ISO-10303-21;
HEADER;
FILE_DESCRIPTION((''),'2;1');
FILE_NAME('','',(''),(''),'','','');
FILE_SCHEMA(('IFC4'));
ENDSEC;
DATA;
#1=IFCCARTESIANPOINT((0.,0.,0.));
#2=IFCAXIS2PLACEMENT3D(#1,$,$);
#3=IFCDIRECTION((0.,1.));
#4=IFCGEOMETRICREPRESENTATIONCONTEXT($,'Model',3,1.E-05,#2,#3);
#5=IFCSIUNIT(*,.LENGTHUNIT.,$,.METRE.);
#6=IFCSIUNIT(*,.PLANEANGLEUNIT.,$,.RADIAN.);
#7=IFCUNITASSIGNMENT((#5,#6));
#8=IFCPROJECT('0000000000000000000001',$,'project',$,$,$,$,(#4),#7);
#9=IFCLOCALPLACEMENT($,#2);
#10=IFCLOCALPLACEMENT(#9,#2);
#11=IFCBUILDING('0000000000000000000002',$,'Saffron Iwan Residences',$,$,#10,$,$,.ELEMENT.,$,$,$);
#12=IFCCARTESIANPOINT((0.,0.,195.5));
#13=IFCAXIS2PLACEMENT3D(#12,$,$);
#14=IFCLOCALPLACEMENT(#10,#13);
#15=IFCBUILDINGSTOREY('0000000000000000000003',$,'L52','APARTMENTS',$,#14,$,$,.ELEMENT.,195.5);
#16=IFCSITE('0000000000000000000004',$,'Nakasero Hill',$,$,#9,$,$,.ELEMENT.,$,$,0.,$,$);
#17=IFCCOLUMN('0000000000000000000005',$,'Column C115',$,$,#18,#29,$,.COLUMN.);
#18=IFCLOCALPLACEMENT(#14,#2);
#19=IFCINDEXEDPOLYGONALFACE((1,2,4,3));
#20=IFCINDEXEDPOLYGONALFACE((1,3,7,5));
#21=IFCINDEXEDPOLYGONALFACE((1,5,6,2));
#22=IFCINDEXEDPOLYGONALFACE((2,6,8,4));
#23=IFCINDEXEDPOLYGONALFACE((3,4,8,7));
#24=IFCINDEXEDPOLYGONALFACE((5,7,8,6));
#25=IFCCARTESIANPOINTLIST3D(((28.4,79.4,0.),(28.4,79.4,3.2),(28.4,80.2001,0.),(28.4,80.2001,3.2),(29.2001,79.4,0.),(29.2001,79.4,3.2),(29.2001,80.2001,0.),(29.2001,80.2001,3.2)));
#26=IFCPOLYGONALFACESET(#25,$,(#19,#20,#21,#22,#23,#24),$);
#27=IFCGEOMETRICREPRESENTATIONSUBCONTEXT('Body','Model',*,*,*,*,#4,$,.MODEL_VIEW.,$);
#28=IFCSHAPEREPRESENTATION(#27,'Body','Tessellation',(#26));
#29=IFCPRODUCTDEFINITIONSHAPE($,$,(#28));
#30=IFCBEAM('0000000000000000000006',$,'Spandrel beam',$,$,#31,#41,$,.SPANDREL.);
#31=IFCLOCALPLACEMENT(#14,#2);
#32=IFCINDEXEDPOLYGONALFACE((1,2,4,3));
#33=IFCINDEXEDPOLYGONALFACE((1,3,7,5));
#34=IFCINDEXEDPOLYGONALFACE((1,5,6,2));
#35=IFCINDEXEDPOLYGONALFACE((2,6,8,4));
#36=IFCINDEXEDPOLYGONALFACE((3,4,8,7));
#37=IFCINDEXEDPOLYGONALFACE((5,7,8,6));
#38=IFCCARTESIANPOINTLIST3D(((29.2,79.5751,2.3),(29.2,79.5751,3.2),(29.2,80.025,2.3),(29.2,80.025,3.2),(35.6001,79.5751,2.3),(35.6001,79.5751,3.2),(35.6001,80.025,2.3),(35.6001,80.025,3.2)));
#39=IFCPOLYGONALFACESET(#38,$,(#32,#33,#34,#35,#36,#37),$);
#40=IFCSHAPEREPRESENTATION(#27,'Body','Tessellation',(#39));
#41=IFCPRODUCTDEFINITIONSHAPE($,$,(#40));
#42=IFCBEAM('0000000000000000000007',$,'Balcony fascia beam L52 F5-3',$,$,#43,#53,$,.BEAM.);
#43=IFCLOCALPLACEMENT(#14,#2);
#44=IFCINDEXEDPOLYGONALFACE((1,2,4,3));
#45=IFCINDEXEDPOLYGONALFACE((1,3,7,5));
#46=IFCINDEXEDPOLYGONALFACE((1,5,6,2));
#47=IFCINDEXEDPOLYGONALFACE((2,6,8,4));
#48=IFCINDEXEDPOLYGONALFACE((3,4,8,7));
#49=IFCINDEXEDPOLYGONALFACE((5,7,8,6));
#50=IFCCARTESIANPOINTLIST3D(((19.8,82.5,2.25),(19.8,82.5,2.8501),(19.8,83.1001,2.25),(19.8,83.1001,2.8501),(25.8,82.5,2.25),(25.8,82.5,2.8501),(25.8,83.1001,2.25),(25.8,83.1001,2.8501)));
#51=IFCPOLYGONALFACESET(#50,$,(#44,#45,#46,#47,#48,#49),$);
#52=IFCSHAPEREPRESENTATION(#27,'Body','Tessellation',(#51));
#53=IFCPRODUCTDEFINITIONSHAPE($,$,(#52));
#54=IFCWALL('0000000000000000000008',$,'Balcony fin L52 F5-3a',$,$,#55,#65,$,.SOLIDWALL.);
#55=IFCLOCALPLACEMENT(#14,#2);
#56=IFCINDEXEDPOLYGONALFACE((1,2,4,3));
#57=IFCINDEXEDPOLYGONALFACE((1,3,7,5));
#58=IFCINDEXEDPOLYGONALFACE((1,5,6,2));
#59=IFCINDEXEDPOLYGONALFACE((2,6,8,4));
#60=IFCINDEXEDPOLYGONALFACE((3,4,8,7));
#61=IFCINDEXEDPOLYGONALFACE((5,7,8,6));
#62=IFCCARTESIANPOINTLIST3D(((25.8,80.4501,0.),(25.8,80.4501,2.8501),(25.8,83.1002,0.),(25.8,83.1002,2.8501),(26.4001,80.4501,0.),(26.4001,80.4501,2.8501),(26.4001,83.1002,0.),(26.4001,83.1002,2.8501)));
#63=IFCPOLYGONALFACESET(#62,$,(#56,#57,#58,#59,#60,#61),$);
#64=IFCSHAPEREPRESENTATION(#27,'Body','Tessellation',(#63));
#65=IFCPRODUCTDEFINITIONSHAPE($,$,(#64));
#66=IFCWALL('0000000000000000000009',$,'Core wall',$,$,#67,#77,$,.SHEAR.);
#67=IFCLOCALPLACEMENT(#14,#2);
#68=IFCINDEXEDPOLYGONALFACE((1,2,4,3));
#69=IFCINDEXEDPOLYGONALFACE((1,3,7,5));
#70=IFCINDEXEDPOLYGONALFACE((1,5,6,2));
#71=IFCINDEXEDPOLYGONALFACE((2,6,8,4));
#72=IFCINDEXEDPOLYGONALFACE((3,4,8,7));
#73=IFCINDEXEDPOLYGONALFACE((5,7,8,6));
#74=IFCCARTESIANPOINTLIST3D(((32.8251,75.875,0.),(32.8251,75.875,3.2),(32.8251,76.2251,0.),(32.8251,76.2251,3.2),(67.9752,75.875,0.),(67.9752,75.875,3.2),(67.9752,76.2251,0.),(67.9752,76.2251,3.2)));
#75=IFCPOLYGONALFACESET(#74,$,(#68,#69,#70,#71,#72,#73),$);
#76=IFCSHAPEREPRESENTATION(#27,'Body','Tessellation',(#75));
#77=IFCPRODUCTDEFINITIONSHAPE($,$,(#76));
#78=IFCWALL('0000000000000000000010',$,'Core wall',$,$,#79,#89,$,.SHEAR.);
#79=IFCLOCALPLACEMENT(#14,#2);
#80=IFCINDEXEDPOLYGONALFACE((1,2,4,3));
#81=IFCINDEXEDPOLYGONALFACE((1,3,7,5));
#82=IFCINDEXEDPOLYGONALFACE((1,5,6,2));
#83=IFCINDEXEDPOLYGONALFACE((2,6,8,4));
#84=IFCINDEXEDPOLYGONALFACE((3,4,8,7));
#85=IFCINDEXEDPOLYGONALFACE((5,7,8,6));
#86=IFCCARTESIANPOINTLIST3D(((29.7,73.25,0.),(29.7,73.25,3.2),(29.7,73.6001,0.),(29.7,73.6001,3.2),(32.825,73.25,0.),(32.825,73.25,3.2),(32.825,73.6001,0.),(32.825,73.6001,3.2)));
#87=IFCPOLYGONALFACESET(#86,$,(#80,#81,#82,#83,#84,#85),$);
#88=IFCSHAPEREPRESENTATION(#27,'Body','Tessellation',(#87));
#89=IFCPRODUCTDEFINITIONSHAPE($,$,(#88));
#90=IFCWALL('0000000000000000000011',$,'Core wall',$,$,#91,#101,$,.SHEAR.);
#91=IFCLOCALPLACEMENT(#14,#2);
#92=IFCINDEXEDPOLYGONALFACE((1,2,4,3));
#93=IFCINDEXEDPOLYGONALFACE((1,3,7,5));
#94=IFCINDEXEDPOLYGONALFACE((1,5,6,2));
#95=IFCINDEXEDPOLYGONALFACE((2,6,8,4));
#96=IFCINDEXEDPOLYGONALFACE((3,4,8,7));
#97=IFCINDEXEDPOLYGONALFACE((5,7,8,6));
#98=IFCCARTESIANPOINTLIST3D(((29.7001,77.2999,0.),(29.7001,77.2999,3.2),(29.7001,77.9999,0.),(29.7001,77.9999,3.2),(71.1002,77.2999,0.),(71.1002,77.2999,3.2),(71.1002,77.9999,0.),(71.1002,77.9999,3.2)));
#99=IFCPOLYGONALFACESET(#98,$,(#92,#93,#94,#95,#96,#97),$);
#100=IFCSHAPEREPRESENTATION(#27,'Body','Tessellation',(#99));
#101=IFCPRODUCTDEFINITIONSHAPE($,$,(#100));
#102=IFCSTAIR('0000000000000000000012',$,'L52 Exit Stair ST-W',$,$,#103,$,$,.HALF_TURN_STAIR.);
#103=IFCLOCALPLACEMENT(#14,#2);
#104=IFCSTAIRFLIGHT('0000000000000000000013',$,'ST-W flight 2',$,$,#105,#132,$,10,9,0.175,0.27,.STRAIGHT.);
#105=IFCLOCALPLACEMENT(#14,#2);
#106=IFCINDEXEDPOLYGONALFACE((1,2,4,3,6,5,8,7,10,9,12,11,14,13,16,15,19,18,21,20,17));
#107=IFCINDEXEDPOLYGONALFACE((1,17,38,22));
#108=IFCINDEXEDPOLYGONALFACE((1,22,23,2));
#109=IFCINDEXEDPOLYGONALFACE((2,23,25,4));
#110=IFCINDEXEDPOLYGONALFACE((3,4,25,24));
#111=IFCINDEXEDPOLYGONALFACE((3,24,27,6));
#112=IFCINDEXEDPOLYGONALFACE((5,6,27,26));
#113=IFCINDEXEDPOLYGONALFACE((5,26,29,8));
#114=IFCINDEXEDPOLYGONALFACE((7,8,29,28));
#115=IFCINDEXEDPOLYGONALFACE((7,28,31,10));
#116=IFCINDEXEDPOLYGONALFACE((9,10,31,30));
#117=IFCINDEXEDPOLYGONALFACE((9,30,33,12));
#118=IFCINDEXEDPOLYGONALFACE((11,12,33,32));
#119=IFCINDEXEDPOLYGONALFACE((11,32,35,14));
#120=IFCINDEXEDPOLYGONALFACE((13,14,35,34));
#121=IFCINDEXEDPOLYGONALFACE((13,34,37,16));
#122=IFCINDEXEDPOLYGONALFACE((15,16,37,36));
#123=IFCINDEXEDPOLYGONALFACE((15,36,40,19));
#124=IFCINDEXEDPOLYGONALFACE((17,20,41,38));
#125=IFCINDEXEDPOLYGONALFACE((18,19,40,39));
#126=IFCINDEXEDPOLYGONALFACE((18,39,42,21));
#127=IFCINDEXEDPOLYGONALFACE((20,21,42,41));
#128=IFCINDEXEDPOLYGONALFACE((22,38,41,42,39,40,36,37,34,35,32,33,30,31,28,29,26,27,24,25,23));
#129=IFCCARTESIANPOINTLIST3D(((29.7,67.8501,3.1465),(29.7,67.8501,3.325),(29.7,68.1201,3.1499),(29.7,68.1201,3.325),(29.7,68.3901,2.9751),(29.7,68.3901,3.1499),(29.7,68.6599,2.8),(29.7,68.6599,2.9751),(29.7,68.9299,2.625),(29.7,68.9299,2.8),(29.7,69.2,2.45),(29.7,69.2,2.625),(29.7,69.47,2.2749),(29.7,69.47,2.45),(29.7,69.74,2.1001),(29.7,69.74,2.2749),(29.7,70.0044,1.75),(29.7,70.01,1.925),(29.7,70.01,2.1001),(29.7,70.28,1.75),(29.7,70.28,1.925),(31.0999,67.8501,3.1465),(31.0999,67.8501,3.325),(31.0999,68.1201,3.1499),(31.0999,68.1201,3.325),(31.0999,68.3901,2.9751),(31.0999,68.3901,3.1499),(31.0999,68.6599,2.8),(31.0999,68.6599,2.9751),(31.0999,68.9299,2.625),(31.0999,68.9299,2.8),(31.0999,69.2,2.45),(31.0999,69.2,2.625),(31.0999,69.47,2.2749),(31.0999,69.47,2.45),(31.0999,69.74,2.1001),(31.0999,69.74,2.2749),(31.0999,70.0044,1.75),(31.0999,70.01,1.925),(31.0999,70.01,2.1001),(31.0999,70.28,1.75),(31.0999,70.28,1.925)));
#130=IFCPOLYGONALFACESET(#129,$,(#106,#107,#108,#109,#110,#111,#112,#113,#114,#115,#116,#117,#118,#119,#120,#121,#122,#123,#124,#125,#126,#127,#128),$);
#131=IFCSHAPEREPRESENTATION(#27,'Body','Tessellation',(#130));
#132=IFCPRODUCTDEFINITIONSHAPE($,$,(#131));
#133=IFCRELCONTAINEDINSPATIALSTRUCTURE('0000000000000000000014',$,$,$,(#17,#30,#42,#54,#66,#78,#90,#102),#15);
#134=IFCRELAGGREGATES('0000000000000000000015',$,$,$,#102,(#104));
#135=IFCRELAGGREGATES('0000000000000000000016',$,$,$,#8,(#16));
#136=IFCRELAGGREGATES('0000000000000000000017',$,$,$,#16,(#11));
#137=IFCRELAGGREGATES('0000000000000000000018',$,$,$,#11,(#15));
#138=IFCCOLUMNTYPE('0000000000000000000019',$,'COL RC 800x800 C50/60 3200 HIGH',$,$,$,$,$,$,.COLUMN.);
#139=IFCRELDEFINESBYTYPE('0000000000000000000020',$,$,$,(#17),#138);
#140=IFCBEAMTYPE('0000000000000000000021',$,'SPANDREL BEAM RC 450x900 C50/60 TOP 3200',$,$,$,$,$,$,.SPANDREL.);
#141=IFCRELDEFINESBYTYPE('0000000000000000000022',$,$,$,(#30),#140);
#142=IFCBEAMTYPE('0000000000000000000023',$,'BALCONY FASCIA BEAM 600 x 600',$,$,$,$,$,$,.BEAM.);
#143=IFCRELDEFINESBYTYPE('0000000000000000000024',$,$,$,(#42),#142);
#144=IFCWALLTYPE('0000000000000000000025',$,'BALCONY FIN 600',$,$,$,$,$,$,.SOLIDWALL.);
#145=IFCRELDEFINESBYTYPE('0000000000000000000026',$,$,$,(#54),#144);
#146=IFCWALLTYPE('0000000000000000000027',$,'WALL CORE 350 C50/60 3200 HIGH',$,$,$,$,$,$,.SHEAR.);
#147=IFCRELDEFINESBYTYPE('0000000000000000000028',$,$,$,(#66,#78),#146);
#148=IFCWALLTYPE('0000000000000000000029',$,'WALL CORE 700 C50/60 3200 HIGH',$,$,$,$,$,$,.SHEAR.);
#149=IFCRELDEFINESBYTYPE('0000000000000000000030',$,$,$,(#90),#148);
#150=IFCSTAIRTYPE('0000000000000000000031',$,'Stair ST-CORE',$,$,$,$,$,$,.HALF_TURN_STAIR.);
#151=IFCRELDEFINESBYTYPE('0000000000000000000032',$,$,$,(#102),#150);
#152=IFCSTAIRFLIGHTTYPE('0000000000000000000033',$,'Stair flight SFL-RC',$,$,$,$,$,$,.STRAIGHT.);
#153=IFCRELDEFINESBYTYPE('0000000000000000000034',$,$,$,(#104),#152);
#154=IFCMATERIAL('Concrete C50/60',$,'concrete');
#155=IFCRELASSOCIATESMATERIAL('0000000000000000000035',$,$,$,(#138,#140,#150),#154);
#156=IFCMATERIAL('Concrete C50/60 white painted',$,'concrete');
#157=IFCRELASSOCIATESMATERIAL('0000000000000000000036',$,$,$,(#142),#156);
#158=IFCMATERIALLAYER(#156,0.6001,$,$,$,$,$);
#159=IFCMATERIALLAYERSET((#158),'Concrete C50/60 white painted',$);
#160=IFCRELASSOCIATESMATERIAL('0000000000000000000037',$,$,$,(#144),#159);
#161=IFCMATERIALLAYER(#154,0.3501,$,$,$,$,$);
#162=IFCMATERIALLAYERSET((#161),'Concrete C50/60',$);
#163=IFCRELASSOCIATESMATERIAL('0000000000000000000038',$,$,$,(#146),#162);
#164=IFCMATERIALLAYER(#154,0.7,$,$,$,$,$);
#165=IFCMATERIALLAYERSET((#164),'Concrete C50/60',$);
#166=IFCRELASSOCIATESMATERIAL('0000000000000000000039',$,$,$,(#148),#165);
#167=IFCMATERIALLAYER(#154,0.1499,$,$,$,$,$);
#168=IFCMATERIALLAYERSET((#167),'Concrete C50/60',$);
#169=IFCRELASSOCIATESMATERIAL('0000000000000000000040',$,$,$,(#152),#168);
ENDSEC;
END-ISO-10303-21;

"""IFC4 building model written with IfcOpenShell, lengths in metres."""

from ifc_helpers import new_model, si_unit, direction, frame, frame_2d, origin, origin_2d, place, context, subcontext, project, spatial, polyline, rectangle, outline, extrude, source, transform, mapped, material, layer, layer_set, material_profile, profile_set, type_object, element, aggregate, save


model = new_model("IFC4")

# Units and contexts
model_context = context("Model", 3, precision=1e-05, world=origin(), true_north=direction((0.0, 1.0)))
body_context = subcontext(model_context, "Body", "Model", "MODEL_VIEW")
ifc_project = project(units=[si_unit("LENGTHUNIT", "METRE"), si_unit("PLANEANGLEUNIT", "RADIAN")], contexts=[model_context])

# Site, building, storey
site_placement = place(None, origin())
site = spatial("IfcSite", under=ifc_project, at=site_placement, Name="Nakasero Hill", CompositionType="ELEMENT", RefElevation=0.0)
building_placement = place(site_placement, origin())
building = spatial("IfcBuilding", under=site, at=building_placement, Name="Saffron Iwan Residences", CompositionType="ELEMENT")
storey_placement = place(building_placement, frame((0.0, 0.0, 195.5)))
storey = spatial("IfcBuildingStorey", under=building, at=storey_placement, Name="L52", Description="APARTMENTS", CompositionType="ELEMENT", Elevation=195.5)

# Column
ifc_material_1 = material(Name="Concrete C50/60", Category="concrete")
ifc_material_profile_1 = material_profile(ifc_material_1, rectangle(XDim=0.8, YDim=0.8, at=origin_2d()), Name="RC 800x800")
ifc_profile_set_1 = profile_set([ifc_material_profile_1], Name="Concrete C50/60")
column_type = type_object("IfcColumnType", Name="COL RC 800x800 C50/60 3200 HIGH", PredefinedType="COLUMN", material=ifc_profile_set_1)
shared_shape_1 = source(origin(), body_context, "Body", "SweptSolid", [
    extrude(rectangle(XDim=0.8, YDim=0.8, at=origin_2d()), origin(), (0.0, 0.0, 1.0), 3.2),
])
column_placement = place(storey_placement, frame((28.8, 79.8, 0.0), z_axis=(0.0, 0.0, 1.0), x_axis=(1.0, 0.0, 0.0)))
element("IfcColumn", 1, at=column_placement, inside=storey, type_object=column_type, Name="Column C115", PredefinedType="COLUMN", context=body_context, shape_type="MappedRepresentation", body=[
    mapped(shared_shape_1, transform((0.0, 0.0, 0.0))),
])

# Beams
ifc_material_profile_2 = material_profile(ifc_material_1, rectangle(XDim=0.45, YDim=0.8999, at=origin_2d()), Name="RC 450x900")
ifc_profile_set_2 = profile_set([ifc_material_profile_2], Name="Concrete C50/60")
beam_type_1 = type_object("IfcBeamType", Name="SPANDREL BEAM RC 450x900 C50/60 TOP 3200", PredefinedType="SPANDREL", material=ifc_profile_set_2)
shared_shape_2 = source(origin(), body_context, "Body", "SweptSolid", [
    extrude(rectangle(XDim=0.45, YDim=0.8999, at=origin_2d()), origin(), (0.0, 0.0, 1.0), 6.4001),
])
beam_1_placement = place(storey_placement, frame((29.2, 79.8, 2.75), z_axis=(1.0, 0.0, 0.0), x_axis=(0.0, 1.0, 0.0)))
element("IfcBeam", 2, at=beam_1_placement, inside=storey, type_object=beam_type_1, Name="Spandrel beam", PredefinedType="SPANDREL", context=body_context, shape_type="MappedRepresentation", body=[
    mapped(shared_shape_2, transform((0.0, 0.0, 0.0))),
])
ifc_material_2 = material(Name="Concrete C50/60 white painted", Category="concrete")
ifc_material_profile_3 = material_profile(ifc_material_2, rectangle(XDim=0.6001, YDim=0.6001, at=origin_2d()), Name="BALCONY FASCIA BEAM 600 x 600")
ifc_profile_set_3 = profile_set([ifc_material_profile_3], Name="Concrete C50/60 white painted")
beam_type_2 = type_object("IfcBeamType", Name="BALCONY FASCIA BEAM 600 x 600", PredefinedType="BEAM", material=ifc_profile_set_3)
shared_shape_3 = source(origin(), body_context, "Body", "SweptSolid", [
    extrude(rectangle(XDim=0.6001, YDim=0.6001, at=origin_2d()), origin(), (0.0, 0.0, 1.0), 6.0),
])
beam_2_placement = place(storey_placement, frame((25.8, 82.8, 2.55), z_axis=(-1.0, 0.0, 0.0), x_axis=(0.0, -1.0, 0.0)))
element("IfcBeam", 3, at=beam_2_placement, inside=storey, type_object=beam_type_2, Name="Balcony fascia beam L52 F5-3", PredefinedType="BEAM", context=body_context, shape_type="MappedRepresentation", body=[
    mapped(shared_shape_3, transform((0.0, 0.0, 0.0))),
])

# Wall
ifc_layer_1 = layer(ifc_material_2, 0.6001)
ifc_layer_set_1 = layer_set([ifc_layer_1], Name="Concrete C50/60 white painted")
wall_type_1 = type_object("IfcWallType", Name="BALCONY FIN 600", PredefinedType="SOLIDWALL", material=ifc_layer_set_1)
wall_1_placement = place(storey_placement, frame((26.1001, 80.45, 0.0), z_axis=(0.0, 0.0, 1.0), x_axis=(0.0, 1.0, 0.0)))
element("IfcWall", 4, at=wall_1_placement, inside=storey, type_object=wall_type_1, Name="Balcony fin L52 F5-3a", PredefinedType="SOLIDWALL", context=body_context, shape_type="SweptSolid", body=[
    extrude(rectangle(XDim=2.6501, YDim=0.6001, at=frame_2d((1.3252, 0.0))), origin(), (0.0, 0.0, 1.0), 2.8501),
])

# Shared definitions
ifc_layer_2 = layer(ifc_material_1, 0.3501)
ifc_layer_set_2 = layer_set([ifc_layer_2], Name="Concrete C50/60")
wall_type_2 = type_object("IfcWallType", Name="WALL CORE 350 C50/60 3200 HIGH", PredefinedType="SHEAR", material=ifc_layer_set_2)

# Walls
wall_2_placement = place(storey_placement, frame((32.825, 76.05, 0.0), z_axis=(0.0, 0.0, 1.0), x_axis=(1.0, 0.0, 0.0)))
element("IfcWall", 5, at=wall_2_placement, inside=storey, type_object=wall_type_2, Name="Core wall", PredefinedType="SHEAR", context=body_context, shape_type="SweptSolid", body=[
    extrude(rectangle(XDim=35.1501, YDim=0.3501, at=frame_2d((17.5752, 0.0))), origin(), (0.0, 0.0, 1.0), 3.2),
])
wall_3_placement = place(storey_placement, frame((29.7, 73.425, 0.0), z_axis=(0.0, 0.0, 1.0), x_axis=(1.0, 0.0, 0.0)))
element("IfcWall", 6, at=wall_3_placement, inside=storey, type_object=wall_type_2, Name="Core wall", PredefinedType="SHEAR", context=body_context, shape_type="SweptSolid", body=[
    extrude(rectangle(XDim=3.125, YDim=0.3501, at=frame_2d((1.5625, 0.0))), origin(), (0.0, 0.0, 1.0), 3.2),
])
ifc_layer_3 = layer(ifc_material_1, 0.7)
ifc_layer_set_3 = layer_set([ifc_layer_3], Name="Concrete C50/60")
wall_type_3 = type_object("IfcWallType", Name="WALL CORE 700 C50/60 3200 HIGH", PredefinedType="SHEAR", material=ifc_layer_set_3)
wall_4_placement = place(storey_placement, frame((29.7, 77.6499, 0.0), z_axis=(0.0, 0.0, 1.0), x_axis=(1.0, 0.0, 0.0)))
element("IfcWall", 7, at=wall_4_placement, inside=storey, type_object=wall_type_3, Name="Core wall", PredefinedType="SHEAR", context=body_context, shape_type="SweptSolid", body=[
    extrude(rectangle(XDim=41.4001, YDim=0.7, at=frame_2d((20.7002, 0.0))), origin(), (0.0, 0.0, 1.0), 3.2),
])

# Stair, stair flight
stair_type = type_object("IfcStairType", Name="Stair ST-CORE", PredefinedType="HALF_TURN_STAIR", material=ifc_material_1)
stair_placement = place(storey_placement, origin())
stair = element("IfcStair", 8, at=stair_placement, inside=storey, type_object=stair_type, Name="L52 Exit Stair ST-W", PredefinedType="HALF_TURN_STAIR")
ifc_layer_4 = layer(ifc_material_1, 0.1499)
ifc_layer_set_4 = layer_set([ifc_layer_4], Name="Concrete C50/60")
stair_flight_type = type_object("IfcStairFlightType", Name="Stair flight SFL-RC", PredefinedType="STRAIGHT", material=ifc_layer_set_4)
stair_flight_placement = place(storey_placement, frame((30.3999, 70.28, 1.75), z_axis=(0.0, 0.0, 1.0), x_axis=(0.0, -1.0, 0.0)))
stair_flight = element("IfcStairFlight", 9, at=stair_flight_placement, type_object=stair_flight_type, Name="ST-W flight 2", NumberOfRisers=10, NumberOfTreads=9, PredefinedType="STRAIGHT", RiserHeight=0.175, TreadLength=0.27, context=body_context, shape_type="SweptSolid", body=[
    extrude(outline(polyline([(0.0, 0.0), (0.0, 0.175), (0.27, 0.175), (0.27, 0.3501), (0.54, 0.3501), (0.54, 0.5249), (0.8101, 0.5249), (0.8101, 0.7), (1.0801, 0.7), (1.0801, 0.875), (1.3501, 0.875), (1.3501, 1.05), (1.6201, 1.05), (1.6201, 1.2251), (1.8899, 1.2251), (1.8899, 1.3999), (2.1599, 1.3999), (2.1599, 1.575), (2.4299, 1.575), (2.4299, 1.75), (2.4299, 1.3965), (0.2756, 0.0), (0.0, 0.0)])), frame((0.0, 0.7, 0.0), z_axis=(0.0, -1.0, 0.0), x_axis=(1.0, 0.0, 0.0)), (0.0, 0.0, 1.0), 1.3999),
])
aggregate(stair, [stair_flight])

save(model, "model.ifc")
